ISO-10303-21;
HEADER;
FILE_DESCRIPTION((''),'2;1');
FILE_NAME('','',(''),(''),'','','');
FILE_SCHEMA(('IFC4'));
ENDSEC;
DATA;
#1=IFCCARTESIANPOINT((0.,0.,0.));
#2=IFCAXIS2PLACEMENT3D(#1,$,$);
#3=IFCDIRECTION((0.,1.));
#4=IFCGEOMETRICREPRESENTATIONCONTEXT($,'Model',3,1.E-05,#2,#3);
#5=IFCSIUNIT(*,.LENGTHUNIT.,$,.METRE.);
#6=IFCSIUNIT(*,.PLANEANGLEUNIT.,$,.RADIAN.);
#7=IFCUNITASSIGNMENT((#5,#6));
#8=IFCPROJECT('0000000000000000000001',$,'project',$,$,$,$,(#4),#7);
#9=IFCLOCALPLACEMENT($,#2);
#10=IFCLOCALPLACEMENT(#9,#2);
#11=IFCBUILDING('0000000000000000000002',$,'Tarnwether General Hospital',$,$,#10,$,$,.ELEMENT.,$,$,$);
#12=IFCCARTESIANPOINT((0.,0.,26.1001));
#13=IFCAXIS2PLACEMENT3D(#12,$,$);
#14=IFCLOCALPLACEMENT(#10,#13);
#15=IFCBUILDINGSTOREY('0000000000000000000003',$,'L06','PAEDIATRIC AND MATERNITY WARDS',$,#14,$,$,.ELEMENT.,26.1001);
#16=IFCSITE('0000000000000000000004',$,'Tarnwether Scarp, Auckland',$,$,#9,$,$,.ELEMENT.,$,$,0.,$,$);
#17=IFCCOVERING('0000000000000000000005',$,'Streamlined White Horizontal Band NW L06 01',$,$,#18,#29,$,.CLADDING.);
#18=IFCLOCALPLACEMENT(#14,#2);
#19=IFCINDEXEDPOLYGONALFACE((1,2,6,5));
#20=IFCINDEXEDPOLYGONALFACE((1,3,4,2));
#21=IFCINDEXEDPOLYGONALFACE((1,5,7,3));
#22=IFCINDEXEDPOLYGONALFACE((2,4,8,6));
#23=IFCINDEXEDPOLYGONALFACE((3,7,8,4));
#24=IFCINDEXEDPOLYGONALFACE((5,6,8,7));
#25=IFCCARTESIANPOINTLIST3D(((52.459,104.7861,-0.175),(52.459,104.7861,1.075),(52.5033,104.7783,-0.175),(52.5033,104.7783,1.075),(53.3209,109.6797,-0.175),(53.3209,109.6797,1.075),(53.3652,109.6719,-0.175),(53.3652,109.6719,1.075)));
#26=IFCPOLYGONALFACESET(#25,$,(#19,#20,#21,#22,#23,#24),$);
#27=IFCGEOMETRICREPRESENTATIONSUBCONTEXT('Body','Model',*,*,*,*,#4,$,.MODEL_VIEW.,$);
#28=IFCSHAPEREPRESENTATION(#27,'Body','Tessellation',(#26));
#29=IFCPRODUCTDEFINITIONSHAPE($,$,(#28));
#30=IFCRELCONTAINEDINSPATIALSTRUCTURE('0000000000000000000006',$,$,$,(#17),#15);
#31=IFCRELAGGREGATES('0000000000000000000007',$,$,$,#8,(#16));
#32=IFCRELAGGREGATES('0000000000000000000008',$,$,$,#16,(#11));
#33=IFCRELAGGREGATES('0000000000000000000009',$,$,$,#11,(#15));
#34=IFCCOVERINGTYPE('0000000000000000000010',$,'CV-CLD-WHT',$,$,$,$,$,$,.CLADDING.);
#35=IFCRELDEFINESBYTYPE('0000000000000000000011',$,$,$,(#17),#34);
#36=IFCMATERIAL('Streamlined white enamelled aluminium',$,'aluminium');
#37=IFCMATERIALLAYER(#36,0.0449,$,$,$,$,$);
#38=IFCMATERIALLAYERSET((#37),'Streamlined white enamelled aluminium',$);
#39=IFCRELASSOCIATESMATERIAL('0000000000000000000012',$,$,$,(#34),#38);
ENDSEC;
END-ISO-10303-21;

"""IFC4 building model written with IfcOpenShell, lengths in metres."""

from ifc_helpers import new_model, si_unit, direction, frame, origin, origin_2d, place, context, subcontext, project, spatial, rectangle, extrude, material, layer, layer_set, type_object, element, save


model = new_model("IFC4")

# Units and contexts
model_context = context("Model", 3, precision=1e-05, world=origin(), true_north=direction((0.0, 1.0)))
body_context = subcontext(model_context, "Body", "Model", "MODEL_VIEW")
ifc_project = project(units=[si_unit("LENGTHUNIT", "METRE"), si_unit("PLANEANGLEUNIT", "RADIAN")], contexts=[model_context])

# Site, building, storey
site_placement = place(None, origin())
site = spatial("IfcSite", under=ifc_project, at=site_placement, Name="Tarnwether Scarp, Auckland", CompositionType="ELEMENT", RefElevation=0.0)
building_placement = place(site_placement, origin())
building = spatial("IfcBuilding", under=site, at=building_placement, Name="Tarnwether General Hospital", CompositionType="ELEMENT")
storey_placement = place(building_placement, frame((0.0, 0.0, 26.1001)))
storey = spatial("IfcBuildingStorey", under=building, at=storey_placement, Name="L06", Description="PAEDIATRIC AND MATERNITY WARDS", CompositionType="ELEMENT", Elevation=26.1001)

# Covering
ifc_material_1 = material(Name="Streamlined white enamelled aluminium", Category="aluminium")
ifc_layer_1 = layer(ifc_material_1, 0.0449)
ifc_layer_set_1 = layer_set([ifc_layer_1], Name="Streamlined white enamelled aluminium")
covering_type = type_object("IfcCoveringType", Name="CV-CLD-WHT", PredefinedType="CLADDING", material=ifc_layer_set_1)
covering_placement = place(storey_placement, frame((52.9121, 107.229, -0.175), z_axis=(0.0, 0.0, 1.0), x_axis=(0.173459, 0.984841, 0.0)))
element("IfcCovering", 1, at=covering_placement, inside=storey, type_object=covering_type, Name="Streamlined White Horizontal Band NW L06 01", PredefinedType="CLADDING", context=body_context, shape_type="SweptSolid", body=[
    extrude(rectangle(XDim=4.969, YDim=0.0449, at=origin_2d()), origin(), (0.0, 0.0, 1.0), 1.25),
])

save(model, "model.ifc")
